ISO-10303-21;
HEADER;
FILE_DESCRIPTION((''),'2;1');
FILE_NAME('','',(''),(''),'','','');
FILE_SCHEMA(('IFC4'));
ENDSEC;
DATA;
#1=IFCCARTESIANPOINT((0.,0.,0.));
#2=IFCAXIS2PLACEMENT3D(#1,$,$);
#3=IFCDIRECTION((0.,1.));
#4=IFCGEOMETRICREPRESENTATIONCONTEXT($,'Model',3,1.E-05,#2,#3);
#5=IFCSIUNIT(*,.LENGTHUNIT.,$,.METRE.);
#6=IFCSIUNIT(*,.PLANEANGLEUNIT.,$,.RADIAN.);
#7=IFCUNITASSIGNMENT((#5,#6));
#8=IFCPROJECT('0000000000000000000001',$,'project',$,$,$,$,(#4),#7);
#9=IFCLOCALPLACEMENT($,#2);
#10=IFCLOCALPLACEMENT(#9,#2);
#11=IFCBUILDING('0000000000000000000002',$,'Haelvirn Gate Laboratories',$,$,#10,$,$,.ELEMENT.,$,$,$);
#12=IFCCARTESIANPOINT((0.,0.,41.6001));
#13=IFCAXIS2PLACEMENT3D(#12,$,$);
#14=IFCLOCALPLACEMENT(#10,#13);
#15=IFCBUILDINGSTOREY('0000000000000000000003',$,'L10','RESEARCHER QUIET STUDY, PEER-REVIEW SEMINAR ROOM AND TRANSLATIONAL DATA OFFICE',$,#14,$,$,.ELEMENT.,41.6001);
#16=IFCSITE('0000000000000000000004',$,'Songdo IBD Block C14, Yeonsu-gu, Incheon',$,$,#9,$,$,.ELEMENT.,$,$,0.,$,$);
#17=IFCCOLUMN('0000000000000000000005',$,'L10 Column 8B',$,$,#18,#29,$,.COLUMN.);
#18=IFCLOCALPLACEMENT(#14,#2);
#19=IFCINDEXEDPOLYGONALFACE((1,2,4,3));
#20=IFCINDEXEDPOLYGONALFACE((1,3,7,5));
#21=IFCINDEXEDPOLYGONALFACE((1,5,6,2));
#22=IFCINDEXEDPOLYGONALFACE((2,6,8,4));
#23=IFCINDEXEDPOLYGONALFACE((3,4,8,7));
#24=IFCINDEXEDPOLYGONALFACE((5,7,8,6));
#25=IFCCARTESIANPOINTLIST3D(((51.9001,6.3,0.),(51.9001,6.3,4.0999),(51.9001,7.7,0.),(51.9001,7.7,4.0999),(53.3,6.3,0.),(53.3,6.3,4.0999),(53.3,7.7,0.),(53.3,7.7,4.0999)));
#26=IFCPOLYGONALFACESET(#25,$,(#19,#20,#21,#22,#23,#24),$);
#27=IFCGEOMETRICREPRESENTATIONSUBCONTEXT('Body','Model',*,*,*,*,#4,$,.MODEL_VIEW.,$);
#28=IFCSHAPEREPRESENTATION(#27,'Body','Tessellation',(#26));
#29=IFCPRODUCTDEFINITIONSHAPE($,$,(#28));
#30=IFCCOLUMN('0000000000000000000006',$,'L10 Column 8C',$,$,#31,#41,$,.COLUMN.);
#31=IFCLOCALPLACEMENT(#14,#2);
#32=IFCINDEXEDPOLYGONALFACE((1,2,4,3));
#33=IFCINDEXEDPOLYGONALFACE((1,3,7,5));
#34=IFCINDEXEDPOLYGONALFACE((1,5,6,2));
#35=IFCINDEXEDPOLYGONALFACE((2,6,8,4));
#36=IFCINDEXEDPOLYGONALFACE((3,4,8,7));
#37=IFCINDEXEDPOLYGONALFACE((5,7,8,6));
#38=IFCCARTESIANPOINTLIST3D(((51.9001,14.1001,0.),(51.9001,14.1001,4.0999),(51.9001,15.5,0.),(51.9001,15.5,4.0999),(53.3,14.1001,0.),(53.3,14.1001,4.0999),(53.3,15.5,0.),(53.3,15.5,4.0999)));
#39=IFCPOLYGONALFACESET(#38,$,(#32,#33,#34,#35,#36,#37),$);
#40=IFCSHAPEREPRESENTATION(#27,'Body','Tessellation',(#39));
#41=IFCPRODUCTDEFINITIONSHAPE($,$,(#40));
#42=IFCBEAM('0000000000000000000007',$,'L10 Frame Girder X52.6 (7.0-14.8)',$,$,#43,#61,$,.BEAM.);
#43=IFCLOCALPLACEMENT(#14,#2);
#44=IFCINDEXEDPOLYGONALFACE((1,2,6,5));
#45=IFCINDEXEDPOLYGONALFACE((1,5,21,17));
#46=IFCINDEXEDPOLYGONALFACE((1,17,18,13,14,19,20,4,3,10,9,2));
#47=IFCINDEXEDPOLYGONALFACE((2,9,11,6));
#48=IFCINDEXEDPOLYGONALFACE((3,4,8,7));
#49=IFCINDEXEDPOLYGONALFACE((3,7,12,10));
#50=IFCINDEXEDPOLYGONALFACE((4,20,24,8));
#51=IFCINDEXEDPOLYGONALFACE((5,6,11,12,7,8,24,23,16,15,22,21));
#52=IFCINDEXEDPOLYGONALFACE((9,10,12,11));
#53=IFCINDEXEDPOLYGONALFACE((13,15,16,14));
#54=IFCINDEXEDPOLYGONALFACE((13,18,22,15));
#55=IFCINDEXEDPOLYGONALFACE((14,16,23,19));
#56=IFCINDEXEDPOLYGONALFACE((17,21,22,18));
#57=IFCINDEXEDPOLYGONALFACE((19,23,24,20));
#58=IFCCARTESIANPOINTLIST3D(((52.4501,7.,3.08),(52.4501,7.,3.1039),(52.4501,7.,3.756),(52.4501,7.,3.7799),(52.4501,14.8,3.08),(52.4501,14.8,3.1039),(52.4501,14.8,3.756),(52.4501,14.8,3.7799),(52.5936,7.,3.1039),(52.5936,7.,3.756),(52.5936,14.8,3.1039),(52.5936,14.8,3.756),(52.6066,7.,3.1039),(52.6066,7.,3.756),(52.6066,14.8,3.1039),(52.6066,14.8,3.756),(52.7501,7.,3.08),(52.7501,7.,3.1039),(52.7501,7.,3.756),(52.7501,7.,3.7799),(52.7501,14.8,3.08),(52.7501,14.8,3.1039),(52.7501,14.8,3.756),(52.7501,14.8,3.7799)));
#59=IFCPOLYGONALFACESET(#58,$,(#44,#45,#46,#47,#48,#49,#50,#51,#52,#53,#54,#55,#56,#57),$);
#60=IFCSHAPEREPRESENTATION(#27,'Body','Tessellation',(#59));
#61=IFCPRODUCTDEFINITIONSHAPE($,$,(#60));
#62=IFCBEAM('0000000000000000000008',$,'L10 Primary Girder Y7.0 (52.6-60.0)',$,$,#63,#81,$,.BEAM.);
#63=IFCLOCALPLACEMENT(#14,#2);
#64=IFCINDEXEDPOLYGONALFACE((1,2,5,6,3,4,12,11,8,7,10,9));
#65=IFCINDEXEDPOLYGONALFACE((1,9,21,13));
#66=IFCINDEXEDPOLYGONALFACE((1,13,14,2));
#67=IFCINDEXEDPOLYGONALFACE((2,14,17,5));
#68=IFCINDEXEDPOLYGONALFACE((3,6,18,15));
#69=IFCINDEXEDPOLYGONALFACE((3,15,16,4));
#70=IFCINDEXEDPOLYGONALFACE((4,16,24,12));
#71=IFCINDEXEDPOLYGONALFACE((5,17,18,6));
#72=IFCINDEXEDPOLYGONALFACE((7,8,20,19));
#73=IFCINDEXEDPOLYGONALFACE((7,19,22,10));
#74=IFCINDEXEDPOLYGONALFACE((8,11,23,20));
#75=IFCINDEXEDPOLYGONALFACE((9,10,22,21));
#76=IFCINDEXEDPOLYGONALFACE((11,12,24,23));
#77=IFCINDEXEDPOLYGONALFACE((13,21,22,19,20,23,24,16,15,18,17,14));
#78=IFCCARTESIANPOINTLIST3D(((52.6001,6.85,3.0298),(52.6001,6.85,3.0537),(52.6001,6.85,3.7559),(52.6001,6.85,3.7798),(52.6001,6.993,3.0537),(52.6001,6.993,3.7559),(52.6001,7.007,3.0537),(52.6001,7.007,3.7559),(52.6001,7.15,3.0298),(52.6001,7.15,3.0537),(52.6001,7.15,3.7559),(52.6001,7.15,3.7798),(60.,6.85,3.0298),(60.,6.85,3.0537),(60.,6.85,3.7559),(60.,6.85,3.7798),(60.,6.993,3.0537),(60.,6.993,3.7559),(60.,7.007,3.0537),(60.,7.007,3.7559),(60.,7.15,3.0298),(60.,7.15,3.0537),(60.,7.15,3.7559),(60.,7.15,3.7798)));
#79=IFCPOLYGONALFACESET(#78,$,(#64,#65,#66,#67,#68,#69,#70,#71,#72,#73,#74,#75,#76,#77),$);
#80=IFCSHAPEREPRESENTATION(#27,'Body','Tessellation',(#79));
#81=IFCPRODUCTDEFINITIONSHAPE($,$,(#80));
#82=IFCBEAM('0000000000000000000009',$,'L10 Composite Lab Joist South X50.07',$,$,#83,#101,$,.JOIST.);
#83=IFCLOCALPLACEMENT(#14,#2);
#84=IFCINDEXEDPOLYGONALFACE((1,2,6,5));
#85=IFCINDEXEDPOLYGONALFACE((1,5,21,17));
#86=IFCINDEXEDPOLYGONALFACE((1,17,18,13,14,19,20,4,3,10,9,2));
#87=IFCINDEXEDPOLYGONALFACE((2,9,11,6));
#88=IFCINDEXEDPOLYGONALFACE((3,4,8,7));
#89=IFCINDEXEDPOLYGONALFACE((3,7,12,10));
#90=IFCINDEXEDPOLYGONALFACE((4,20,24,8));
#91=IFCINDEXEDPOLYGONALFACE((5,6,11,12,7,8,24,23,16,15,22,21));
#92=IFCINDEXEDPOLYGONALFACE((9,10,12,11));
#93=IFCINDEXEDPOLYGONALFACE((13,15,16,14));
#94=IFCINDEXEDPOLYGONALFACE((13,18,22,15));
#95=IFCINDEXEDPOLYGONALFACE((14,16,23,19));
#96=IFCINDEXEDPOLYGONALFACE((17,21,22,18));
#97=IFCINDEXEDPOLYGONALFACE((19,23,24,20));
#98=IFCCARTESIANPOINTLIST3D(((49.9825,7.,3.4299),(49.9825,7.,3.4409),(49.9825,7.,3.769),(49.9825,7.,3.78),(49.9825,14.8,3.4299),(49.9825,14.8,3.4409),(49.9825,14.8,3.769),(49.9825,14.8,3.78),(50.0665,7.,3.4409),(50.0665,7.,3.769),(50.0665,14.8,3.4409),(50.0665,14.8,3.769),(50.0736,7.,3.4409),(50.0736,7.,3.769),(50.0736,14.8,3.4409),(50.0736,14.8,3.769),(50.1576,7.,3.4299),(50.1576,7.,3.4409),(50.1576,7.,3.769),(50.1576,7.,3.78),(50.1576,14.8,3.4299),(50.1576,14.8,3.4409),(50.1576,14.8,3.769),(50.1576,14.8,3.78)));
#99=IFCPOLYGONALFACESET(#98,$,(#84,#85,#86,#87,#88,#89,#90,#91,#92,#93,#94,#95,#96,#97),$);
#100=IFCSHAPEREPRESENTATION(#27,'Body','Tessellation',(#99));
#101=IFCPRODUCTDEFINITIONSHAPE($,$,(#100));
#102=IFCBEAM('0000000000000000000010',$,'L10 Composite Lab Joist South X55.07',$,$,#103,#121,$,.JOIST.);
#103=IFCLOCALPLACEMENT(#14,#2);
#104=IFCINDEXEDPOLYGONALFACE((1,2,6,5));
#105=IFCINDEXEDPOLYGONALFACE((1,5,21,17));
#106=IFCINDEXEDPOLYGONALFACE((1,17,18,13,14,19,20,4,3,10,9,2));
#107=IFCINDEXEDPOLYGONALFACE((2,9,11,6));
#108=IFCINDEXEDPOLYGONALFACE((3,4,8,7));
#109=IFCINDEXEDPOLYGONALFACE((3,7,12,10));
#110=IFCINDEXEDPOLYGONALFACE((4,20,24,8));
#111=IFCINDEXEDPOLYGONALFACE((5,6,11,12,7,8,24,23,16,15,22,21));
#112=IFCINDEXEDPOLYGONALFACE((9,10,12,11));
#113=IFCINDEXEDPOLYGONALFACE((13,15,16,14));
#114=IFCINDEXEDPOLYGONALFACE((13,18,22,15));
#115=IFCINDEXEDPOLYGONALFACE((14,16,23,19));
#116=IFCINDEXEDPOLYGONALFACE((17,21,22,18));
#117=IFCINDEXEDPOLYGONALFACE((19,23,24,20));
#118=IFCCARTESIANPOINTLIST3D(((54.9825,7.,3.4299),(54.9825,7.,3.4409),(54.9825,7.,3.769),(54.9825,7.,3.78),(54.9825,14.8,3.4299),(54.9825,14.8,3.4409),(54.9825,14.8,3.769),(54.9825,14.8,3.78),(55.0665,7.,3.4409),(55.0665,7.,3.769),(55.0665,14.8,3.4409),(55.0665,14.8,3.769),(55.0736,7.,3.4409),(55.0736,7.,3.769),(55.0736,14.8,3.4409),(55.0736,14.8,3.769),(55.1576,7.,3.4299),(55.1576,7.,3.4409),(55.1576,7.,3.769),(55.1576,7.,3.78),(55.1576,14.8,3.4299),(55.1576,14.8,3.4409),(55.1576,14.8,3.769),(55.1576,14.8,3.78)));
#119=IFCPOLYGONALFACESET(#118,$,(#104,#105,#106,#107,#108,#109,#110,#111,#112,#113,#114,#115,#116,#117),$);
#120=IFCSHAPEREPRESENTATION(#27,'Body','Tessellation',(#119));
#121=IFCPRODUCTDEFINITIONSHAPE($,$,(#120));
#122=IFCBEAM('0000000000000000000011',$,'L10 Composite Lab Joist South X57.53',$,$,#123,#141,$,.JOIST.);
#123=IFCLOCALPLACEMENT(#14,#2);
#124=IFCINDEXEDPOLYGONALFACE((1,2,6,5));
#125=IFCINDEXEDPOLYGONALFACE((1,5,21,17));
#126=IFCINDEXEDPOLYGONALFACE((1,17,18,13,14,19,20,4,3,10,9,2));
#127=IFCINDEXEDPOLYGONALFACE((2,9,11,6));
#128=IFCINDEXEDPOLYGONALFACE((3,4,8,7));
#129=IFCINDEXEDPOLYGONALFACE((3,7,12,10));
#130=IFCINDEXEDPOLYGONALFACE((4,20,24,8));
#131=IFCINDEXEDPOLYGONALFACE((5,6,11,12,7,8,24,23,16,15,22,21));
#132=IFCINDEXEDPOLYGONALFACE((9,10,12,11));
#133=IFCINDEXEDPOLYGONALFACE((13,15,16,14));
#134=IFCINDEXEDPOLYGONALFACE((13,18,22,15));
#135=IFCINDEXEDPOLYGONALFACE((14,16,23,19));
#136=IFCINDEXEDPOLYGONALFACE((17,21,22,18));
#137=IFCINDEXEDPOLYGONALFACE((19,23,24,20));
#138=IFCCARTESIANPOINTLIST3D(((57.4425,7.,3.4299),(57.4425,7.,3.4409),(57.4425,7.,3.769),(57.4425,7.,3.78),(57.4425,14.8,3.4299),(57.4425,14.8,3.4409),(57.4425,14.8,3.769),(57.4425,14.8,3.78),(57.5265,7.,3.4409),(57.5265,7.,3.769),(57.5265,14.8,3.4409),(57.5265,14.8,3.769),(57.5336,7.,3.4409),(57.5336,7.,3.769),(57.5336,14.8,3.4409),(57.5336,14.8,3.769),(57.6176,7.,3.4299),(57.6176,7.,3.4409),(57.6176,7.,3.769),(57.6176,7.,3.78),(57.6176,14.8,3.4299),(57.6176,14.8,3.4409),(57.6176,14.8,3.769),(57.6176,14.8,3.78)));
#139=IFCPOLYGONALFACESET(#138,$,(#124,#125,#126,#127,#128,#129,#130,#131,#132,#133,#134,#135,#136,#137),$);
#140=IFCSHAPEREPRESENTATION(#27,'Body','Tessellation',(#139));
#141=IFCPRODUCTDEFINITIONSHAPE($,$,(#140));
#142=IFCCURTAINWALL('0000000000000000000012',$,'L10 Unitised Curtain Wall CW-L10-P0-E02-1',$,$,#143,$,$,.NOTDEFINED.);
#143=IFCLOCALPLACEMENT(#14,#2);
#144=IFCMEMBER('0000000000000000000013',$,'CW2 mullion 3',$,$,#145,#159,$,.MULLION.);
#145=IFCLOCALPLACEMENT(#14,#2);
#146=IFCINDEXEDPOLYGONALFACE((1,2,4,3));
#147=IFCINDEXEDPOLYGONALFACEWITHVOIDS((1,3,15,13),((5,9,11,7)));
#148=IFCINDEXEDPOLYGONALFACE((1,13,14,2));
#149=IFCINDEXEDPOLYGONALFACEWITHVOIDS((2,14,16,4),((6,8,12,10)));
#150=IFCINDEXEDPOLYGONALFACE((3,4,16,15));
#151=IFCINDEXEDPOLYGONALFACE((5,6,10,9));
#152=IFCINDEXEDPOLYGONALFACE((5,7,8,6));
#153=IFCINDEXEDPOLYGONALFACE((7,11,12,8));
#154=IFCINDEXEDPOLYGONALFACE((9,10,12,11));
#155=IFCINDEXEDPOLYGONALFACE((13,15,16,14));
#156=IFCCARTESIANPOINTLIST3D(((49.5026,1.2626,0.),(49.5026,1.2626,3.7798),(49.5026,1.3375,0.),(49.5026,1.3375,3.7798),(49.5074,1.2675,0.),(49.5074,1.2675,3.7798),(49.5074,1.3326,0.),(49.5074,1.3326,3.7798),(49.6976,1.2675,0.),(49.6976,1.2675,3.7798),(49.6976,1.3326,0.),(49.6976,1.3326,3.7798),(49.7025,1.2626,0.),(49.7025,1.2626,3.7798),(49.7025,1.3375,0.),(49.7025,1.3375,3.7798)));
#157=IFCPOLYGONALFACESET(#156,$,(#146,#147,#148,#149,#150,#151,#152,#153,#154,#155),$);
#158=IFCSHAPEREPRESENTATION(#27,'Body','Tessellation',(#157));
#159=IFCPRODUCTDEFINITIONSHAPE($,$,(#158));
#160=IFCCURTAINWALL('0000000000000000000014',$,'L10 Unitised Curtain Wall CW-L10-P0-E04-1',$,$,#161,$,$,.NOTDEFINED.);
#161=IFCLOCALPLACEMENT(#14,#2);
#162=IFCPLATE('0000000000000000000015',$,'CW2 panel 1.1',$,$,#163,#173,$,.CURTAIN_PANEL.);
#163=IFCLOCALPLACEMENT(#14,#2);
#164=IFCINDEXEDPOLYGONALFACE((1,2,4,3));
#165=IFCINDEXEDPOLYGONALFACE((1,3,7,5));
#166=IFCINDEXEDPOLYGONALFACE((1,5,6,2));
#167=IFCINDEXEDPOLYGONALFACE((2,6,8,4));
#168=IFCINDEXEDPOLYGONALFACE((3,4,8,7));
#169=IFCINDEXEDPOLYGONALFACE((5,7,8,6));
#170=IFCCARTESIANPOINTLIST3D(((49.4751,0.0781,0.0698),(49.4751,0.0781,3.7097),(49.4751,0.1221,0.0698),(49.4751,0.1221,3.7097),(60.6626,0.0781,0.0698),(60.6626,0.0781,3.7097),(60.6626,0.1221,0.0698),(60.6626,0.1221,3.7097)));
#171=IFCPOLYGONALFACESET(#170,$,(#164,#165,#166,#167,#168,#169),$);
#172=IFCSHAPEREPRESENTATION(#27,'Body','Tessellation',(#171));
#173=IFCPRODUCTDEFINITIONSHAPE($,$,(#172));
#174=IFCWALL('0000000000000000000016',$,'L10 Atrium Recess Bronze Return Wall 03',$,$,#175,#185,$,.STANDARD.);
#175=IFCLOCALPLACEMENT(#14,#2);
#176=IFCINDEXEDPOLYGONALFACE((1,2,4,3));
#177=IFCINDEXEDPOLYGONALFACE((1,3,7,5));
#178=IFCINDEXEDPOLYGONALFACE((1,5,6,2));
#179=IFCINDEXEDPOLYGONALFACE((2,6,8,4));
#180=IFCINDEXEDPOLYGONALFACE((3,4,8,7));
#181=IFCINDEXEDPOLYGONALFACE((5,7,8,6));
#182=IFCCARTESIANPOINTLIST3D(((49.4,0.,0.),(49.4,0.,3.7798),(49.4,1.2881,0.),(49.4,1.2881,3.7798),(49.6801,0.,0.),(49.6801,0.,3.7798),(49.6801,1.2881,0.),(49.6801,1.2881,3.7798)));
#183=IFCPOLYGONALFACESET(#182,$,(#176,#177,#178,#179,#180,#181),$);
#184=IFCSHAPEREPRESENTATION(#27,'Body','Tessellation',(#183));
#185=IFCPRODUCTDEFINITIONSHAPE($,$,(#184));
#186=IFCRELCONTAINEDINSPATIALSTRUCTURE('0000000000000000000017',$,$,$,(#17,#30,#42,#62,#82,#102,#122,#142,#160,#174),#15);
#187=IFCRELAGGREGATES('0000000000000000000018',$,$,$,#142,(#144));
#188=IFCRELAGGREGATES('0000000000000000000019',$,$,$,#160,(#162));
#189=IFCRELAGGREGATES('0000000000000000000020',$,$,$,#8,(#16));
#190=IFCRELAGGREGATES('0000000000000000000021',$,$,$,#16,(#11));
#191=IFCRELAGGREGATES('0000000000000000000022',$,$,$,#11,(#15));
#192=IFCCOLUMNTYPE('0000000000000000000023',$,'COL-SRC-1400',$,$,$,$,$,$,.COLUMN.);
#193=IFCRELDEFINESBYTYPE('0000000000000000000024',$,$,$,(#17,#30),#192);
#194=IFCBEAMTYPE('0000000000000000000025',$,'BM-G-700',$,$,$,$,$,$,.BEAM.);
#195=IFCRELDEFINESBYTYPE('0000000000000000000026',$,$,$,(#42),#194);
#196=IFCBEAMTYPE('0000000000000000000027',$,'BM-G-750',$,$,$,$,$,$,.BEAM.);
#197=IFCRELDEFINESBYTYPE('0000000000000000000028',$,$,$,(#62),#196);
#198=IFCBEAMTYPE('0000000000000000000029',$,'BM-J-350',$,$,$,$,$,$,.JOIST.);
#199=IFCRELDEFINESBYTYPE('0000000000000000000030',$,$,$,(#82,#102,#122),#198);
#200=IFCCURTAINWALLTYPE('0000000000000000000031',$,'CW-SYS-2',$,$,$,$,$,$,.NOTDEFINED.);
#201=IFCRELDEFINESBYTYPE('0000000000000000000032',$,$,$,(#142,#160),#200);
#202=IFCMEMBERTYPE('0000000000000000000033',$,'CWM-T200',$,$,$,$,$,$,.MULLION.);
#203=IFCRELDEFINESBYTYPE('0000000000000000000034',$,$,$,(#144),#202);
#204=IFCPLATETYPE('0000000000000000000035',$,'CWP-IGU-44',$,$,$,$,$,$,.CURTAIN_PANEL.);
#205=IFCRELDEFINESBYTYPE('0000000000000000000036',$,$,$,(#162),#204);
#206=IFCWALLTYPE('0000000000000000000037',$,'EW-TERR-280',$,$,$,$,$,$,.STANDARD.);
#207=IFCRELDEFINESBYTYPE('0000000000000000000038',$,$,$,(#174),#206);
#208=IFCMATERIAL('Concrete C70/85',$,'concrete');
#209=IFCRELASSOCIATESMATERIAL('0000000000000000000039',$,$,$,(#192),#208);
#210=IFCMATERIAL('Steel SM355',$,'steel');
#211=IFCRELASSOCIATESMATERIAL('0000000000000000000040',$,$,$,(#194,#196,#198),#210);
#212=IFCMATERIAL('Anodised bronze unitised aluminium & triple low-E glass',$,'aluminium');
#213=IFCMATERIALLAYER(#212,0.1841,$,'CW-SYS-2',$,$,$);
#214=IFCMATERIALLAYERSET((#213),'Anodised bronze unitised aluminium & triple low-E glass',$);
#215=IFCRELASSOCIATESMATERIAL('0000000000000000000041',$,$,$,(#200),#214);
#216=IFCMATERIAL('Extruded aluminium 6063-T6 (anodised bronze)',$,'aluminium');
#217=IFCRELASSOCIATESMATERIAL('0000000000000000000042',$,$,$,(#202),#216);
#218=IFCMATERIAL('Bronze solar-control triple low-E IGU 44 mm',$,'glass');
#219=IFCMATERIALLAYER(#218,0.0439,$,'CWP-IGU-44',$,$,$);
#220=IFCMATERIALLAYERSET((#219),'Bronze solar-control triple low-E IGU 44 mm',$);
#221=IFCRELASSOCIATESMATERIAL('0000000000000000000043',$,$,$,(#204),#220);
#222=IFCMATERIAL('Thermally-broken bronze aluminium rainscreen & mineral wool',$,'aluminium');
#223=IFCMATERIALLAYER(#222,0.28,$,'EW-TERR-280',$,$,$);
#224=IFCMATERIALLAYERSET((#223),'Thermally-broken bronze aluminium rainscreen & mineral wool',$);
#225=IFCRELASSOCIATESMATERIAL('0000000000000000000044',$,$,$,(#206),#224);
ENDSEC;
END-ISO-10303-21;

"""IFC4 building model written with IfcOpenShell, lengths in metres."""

from ifc_helpers import new_model, si_unit, direction, frame, frame_2d, origin, origin_2d, place, context, subcontext, project, spatial, rectangle, hollow_rectangle, i_section, extrude, source, transform, mapped, material, layer, layer_set, material_profile, profile_set, type_object, type_shapes, element, aggregate, save


model = new_model("IFC4")

# Units and contexts
model_context = context("Model", 3, precision=1e-05, world=origin(), true_north=direction((0.0, 1.0)))
body_context = subcontext(model_context, "Body", "Model", "MODEL_VIEW")
ifc_project = project(units=[si_unit("LENGTHUNIT", "METRE"), si_unit("PLANEANGLEUNIT", "RADIAN")], contexts=[model_context])

# Site, building, storey
site_placement = place(None, origin())
site = spatial("IfcSite", under=ifc_project, at=site_placement, Name="Songdo IBD Block C14, Yeonsu-gu, Incheon", CompositionType="ELEMENT", RefElevation=0.0)
building_placement = place(site_placement, origin())
building = spatial("IfcBuilding", under=site, at=building_placement, Name="Haelvirn Gate Laboratories", CompositionType="ELEMENT")
storey_placement = place(building_placement, frame((0.0, 0.0, 41.6001)))
storey = spatial("IfcBuildingStorey", under=building, at=storey_placement, Name="L10", Description="RESEARCHER QUIET STUDY, PEER-REVIEW SEMINAR ROOM AND TRANSLATIONAL DATA OFFICE", CompositionType="ELEMENT", Elevation=41.6001)

# Columns
ifc_material_1 = material(Name="Concrete C70/85", Category="concrete")
ifc_material_profile_1 = material_profile(ifc_material_1, rectangle(XDim=1.3999, YDim=1.3999, at=origin_2d()), Name="SRC-1400x1400")
ifc_profile_set_1 = profile_set([ifc_material_profile_1], Name="Concrete C70/85")
column_type = type_object("IfcColumnType", Name="COL-SRC-1400", PredefinedType="COLUMN", material=ifc_profile_set_1)
shared_shape_1 = source(origin(), body_context, "Body", "SweptSolid", [
    extrude(rectangle(XDim=1.3999, YDim=1.3999, at=origin_2d()), origin(), (0.0, 0.0, 1.0), 4.0999),
])
type_shapes(column_type, [shared_shape_1])
for number, where, z_axis, x_axis, name in (
    (1, (52.6001, 7.0, 0.0), (0.0, 0.0, 1.0), (1.0, 0.0, 0.0), "L10 Column 8B"),
    (2, (52.6001, 14.8, 0.0), (0.0, 0.0, 1.0), (1.0, 0.0, 0.0), "L10 Column 8C"),
):
    element("IfcColumn", number, at=place(storey_placement, frame(where, z_axis=z_axis, x_axis=x_axis)), inside=storey, type_object=column_type, Name=name, PredefinedType="COLUMN", context=body_context, shape_type="MappedRepresentation", body=[
        mapped(shared_shape_1, transform((0.0, 0.0, 0.0), scale=1.0)),
    ])

# Beams
ifc_material_2 = material(Name="Steel SM355", Category="steel")
ifc_material_profile_2 = material_profile(ifc_material_2, i_section(OverallWidth=0.3, OverallDepth=0.7, WebThickness=0.0129, FlangeThickness=0.0239, at=origin_2d()), Name="H-700x300x13x24")
ifc_profile_set_2 = profile_set([ifc_material_profile_2], Name="Steel SM355")
beam_type_1 = type_object("IfcBeamType", Name="BM-G-700", PredefinedType="BEAM", material=ifc_profile_set_2)
shared_shape_2 = source(origin(), body_context, "Body", "SweptSolid", [
    extrude(i_section(OverallWidth=0.3, OverallDepth=0.7, WebThickness=0.0129, FlangeThickness=0.0239, at=origin_2d()), origin(), (0.0, 0.0, 1.0), 7.8),
])
type_shapes(beam_type_1, [shared_shape_2])
beam_1_placement = place(storey_placement, frame((52.6001, 7.0, 3.4299), z_axis=(0.0, 1.0, 0.0), x_axis=(-1.0, 0.0, 0.0)))
element("IfcBeam", 3, at=beam_1_placement, inside=storey, type_object=beam_type_1, Name="L10 Frame Girder X52.6 (7.0-14.8)", PredefinedType="BEAM", context=body_context, shape_type="MappedRepresentation", body=[
    mapped(shared_shape_2, transform((0.0, 0.0, 0.0), scale=1.0)),
])
ifc_material_profile_3 = material_profile(ifc_material_2, i_section(OverallWidth=0.3, OverallDepth=0.75, WebThickness=0.0139, FlangeThickness=0.0239, at=origin_2d()), Name="H-750x300x14x24")
ifc_profile_set_3 = profile_set([ifc_material_profile_3], Name="Steel SM355")
beam_type_2 = type_object("IfcBeamType", Name="BM-G-750", PredefinedType="BEAM", material=ifc_profile_set_3)
shared_shape_3 = source(origin(), body_context, "Body", "SweptSolid", [
    extrude(i_section(OverallWidth=0.3, OverallDepth=0.75, WebThickness=0.0139, FlangeThickness=0.0239, at=origin_2d()), origin(), (0.0, 0.0, 1.0), 7.3999),
])
type_shapes(beam_type_2, [shared_shape_3])
beam_2_placement = place(storey_placement, frame((52.6001, 7.0, 3.4048), z_axis=(1.0, 0.0, 0.0), x_axis=(0.0, 1.0, 0.0)))
element("IfcBeam", 4, at=beam_2_placement, inside=storey, type_object=beam_type_2, Name="L10 Primary Girder Y7.0 (52.6-60.0)", PredefinedType="BEAM", context=body_context, shape_type="MappedRepresentation", body=[
    mapped(shared_shape_3, transform((0.0, 0.0, 0.0), scale=1.0)),
])
ifc_material_profile_4 = material_profile(ifc_material_2, i_section(OverallWidth=0.175, OverallDepth=0.3501, WebThickness=0.0071, FlangeThickness=0.011, at=origin_2d()), Name="H-350x175x7x11")
ifc_profile_set_4 = profile_set([ifc_material_profile_4], Name="Steel SM355")
beam_type_3 = type_object("IfcBeamType", Name="BM-J-350", PredefinedType="JOIST", material=ifc_profile_set_4)
shared_shape_4 = source(origin(), body_context, "Body", "SweptSolid", [
    extrude(i_section(OverallWidth=0.175, OverallDepth=0.3501, WebThickness=0.0071, FlangeThickness=0.011, at=origin_2d()), origin(), (0.0, 0.0, 1.0), 7.8),
])
type_shapes(beam_type_3, [shared_shape_4])
for number, where, z_axis, x_axis, name in (
    (5, (50.0701, 7.0, 3.605), (0.0, 1.0, 0.0), (-1.0, 0.0, 0.0), "L10 Composite Lab Joist South X50.07"),
    (6, (55.0701, 7.0, 3.605), (0.0, 1.0, 0.0), (-1.0, 0.0, 0.0), "L10 Composite Lab Joist South X55.07"),
    (7, (57.53, 7.0, 3.605), (0.0, 1.0, 0.0), (-1.0, 0.0, 0.0), "L10 Composite Lab Joist South X57.53"),
):
    element("IfcBeam", number, at=place(storey_placement, frame(where, z_axis=z_axis, x_axis=x_axis)), inside=storey, type_object=beam_type_3, Name=name, PredefinedType="JOIST", context=body_context, shape_type="MappedRepresentation", body=[
        mapped(shared_shape_4, transform((0.0, 0.0, 0.0), scale=1.0)),
    ])

# Curtain wall, member
ifc_material_3 = material(Name="Anodised bronze unitised aluminium & triple low-E glass", Category="aluminium")
ifc_layer_1 = layer(ifc_material_3, 0.1841, Name="CW-SYS-2")
ifc_layer_set_1 = layer_set([ifc_layer_1], Name="Anodised bronze unitised aluminium & triple low-E glass")
curtain_wall_type = type_object("IfcCurtainWallType", Name="CW-SYS-2", PredefinedType="NOTDEFINED", material=ifc_layer_set_1)
curtain_wall_1_placement = place(storey_placement, origin())
curtain_wall_1 = element("IfcCurtainWall", 8, at=curtain_wall_1_placement, inside=storey, type_object=curtain_wall_type, Name="L10 Unitised Curtain Wall CW-L10-P0-E02-1", PredefinedType="NOTDEFINED")
ifc_material_4 = material(Name="Extruded aluminium 6063-T6 (anodised bronze)", Category="aluminium")
ifc_material_profile_5 = material_profile(ifc_material_4, hollow_rectangle(XDim=0.075, YDim=0.2, WallThickness=0.0049, at=origin_2d()), Name="CWM-200x75x5")
ifc_profile_set_5 = profile_set([ifc_material_profile_5], Name="Extruded aluminium 6063-T6 (anodised bronze)")
member_type = type_object("IfcMemberType", Name="CWM-T200", PredefinedType="MULLION", material=ifc_profile_set_5)
shared_shape_5 = source(origin(), body_context, "Body", "SweptSolid", [
    extrude(hollow_rectangle(XDim=0.075, YDim=0.2, WallThickness=0.0049, at=origin_2d()), origin(), (0.0, 0.0, 1.0), 3.7798),
])
type_shapes(member_type, [shared_shape_5])
member_placement = place(storey_placement, frame((49.6025, 1.3, 0.0), z_axis=(0.0, 0.0, 1.0), x_axis=(0.0, 1.0, 0.0)))
member = element("IfcMember", 9, at=member_placement, type_object=member_type, Name="CW2 mullion 3", PredefinedType="MULLION", context=body_context, shape_type="MappedRepresentation", body=[
    mapped(shared_shape_5, transform((0.0, 0.0, 0.0), scale=1.0)),
])
aggregate(curtain_wall_1, [member])

# Curtain wall, plate
curtain_wall_2_placement = place(storey_placement, origin())
curtain_wall_2 = element("IfcCurtainWall", 10, at=curtain_wall_2_placement, inside=storey, type_object=curtain_wall_type, Name="L10 Unitised Curtain Wall CW-L10-P0-E04-1", PredefinedType="NOTDEFINED")
ifc_material_5 = material(Name="Bronze solar-control triple low-E IGU 44 mm", Category="glass")
ifc_layer_2 = layer(ifc_material_5, 0.0439, Name="CWP-IGU-44")
ifc_layer_set_2 = layer_set([ifc_layer_2], Name="Bronze solar-control triple low-E IGU 44 mm")
plate_type = type_object("IfcPlateType", Name="CWP-IGU-44", PredefinedType="CURTAIN_PANEL", material=ifc_layer_set_2)
shared_shape_6 = source(origin(), body_context, "Body", "SweptSolid", [
    extrude(rectangle(XDim=11.1875, YDim=0.0439, at=origin_2d()), origin(), (0.0, 0.0, 1.0), 3.6399),
])
type_shapes(plate_type, [shared_shape_6])
plate_placement = place(storey_placement, frame((55.0688, 0.1001, 0.0698), z_axis=(0.0, 0.0, 1.0), x_axis=(1.0, 0.0, 0.0)))
plate = element("IfcPlate", 11, at=plate_placement, type_object=plate_type, Name="CW2 panel 1.1", PredefinedType="CURTAIN_PANEL", context=body_context, shape_type="MappedRepresentation", body=[
    mapped(shared_shape_6, transform((0.0, 0.0, 0.0), scale=1.0)),
])
aggregate(curtain_wall_2, [plate])

# Wall
ifc_material_6 = material(Name="Thermally-broken bronze aluminium rainscreen & mineral wool", Category="aluminium")
ifc_layer_3 = layer(ifc_material_6, 0.28, Name="EW-TERR-280")
ifc_layer_set_3 = layer_set([ifc_layer_3], Name="Thermally-broken bronze aluminium rainscreen & mineral wool")
wall_type_1 = type_object("IfcWallType", Name="EW-TERR-280", PredefinedType="STANDARD", material=ifc_layer_set_3)
wall_1_placement = place(storey_placement, frame((49.54, 1.2881, 0.0), z_axis=(0.0, 0.0, 1.0), x_axis=(0.0, -1.0, 0.0)))
element("IfcWall", 12, at=wall_1_placement, inside=storey, type_object=wall_type_1, Name="L10 Atrium Recess Bronze Return Wall 03", PredefinedType="STANDARD", context=body_context, shape_type="SweptSolid", body=[
    extrude(rectangle(XDim=1.2881, YDim=0.28, at=frame_2d((0.644, 0.0))), origin(), (0.0, 0.0, 1.0), 3.7798),
])

save(model, "model.ifc")
